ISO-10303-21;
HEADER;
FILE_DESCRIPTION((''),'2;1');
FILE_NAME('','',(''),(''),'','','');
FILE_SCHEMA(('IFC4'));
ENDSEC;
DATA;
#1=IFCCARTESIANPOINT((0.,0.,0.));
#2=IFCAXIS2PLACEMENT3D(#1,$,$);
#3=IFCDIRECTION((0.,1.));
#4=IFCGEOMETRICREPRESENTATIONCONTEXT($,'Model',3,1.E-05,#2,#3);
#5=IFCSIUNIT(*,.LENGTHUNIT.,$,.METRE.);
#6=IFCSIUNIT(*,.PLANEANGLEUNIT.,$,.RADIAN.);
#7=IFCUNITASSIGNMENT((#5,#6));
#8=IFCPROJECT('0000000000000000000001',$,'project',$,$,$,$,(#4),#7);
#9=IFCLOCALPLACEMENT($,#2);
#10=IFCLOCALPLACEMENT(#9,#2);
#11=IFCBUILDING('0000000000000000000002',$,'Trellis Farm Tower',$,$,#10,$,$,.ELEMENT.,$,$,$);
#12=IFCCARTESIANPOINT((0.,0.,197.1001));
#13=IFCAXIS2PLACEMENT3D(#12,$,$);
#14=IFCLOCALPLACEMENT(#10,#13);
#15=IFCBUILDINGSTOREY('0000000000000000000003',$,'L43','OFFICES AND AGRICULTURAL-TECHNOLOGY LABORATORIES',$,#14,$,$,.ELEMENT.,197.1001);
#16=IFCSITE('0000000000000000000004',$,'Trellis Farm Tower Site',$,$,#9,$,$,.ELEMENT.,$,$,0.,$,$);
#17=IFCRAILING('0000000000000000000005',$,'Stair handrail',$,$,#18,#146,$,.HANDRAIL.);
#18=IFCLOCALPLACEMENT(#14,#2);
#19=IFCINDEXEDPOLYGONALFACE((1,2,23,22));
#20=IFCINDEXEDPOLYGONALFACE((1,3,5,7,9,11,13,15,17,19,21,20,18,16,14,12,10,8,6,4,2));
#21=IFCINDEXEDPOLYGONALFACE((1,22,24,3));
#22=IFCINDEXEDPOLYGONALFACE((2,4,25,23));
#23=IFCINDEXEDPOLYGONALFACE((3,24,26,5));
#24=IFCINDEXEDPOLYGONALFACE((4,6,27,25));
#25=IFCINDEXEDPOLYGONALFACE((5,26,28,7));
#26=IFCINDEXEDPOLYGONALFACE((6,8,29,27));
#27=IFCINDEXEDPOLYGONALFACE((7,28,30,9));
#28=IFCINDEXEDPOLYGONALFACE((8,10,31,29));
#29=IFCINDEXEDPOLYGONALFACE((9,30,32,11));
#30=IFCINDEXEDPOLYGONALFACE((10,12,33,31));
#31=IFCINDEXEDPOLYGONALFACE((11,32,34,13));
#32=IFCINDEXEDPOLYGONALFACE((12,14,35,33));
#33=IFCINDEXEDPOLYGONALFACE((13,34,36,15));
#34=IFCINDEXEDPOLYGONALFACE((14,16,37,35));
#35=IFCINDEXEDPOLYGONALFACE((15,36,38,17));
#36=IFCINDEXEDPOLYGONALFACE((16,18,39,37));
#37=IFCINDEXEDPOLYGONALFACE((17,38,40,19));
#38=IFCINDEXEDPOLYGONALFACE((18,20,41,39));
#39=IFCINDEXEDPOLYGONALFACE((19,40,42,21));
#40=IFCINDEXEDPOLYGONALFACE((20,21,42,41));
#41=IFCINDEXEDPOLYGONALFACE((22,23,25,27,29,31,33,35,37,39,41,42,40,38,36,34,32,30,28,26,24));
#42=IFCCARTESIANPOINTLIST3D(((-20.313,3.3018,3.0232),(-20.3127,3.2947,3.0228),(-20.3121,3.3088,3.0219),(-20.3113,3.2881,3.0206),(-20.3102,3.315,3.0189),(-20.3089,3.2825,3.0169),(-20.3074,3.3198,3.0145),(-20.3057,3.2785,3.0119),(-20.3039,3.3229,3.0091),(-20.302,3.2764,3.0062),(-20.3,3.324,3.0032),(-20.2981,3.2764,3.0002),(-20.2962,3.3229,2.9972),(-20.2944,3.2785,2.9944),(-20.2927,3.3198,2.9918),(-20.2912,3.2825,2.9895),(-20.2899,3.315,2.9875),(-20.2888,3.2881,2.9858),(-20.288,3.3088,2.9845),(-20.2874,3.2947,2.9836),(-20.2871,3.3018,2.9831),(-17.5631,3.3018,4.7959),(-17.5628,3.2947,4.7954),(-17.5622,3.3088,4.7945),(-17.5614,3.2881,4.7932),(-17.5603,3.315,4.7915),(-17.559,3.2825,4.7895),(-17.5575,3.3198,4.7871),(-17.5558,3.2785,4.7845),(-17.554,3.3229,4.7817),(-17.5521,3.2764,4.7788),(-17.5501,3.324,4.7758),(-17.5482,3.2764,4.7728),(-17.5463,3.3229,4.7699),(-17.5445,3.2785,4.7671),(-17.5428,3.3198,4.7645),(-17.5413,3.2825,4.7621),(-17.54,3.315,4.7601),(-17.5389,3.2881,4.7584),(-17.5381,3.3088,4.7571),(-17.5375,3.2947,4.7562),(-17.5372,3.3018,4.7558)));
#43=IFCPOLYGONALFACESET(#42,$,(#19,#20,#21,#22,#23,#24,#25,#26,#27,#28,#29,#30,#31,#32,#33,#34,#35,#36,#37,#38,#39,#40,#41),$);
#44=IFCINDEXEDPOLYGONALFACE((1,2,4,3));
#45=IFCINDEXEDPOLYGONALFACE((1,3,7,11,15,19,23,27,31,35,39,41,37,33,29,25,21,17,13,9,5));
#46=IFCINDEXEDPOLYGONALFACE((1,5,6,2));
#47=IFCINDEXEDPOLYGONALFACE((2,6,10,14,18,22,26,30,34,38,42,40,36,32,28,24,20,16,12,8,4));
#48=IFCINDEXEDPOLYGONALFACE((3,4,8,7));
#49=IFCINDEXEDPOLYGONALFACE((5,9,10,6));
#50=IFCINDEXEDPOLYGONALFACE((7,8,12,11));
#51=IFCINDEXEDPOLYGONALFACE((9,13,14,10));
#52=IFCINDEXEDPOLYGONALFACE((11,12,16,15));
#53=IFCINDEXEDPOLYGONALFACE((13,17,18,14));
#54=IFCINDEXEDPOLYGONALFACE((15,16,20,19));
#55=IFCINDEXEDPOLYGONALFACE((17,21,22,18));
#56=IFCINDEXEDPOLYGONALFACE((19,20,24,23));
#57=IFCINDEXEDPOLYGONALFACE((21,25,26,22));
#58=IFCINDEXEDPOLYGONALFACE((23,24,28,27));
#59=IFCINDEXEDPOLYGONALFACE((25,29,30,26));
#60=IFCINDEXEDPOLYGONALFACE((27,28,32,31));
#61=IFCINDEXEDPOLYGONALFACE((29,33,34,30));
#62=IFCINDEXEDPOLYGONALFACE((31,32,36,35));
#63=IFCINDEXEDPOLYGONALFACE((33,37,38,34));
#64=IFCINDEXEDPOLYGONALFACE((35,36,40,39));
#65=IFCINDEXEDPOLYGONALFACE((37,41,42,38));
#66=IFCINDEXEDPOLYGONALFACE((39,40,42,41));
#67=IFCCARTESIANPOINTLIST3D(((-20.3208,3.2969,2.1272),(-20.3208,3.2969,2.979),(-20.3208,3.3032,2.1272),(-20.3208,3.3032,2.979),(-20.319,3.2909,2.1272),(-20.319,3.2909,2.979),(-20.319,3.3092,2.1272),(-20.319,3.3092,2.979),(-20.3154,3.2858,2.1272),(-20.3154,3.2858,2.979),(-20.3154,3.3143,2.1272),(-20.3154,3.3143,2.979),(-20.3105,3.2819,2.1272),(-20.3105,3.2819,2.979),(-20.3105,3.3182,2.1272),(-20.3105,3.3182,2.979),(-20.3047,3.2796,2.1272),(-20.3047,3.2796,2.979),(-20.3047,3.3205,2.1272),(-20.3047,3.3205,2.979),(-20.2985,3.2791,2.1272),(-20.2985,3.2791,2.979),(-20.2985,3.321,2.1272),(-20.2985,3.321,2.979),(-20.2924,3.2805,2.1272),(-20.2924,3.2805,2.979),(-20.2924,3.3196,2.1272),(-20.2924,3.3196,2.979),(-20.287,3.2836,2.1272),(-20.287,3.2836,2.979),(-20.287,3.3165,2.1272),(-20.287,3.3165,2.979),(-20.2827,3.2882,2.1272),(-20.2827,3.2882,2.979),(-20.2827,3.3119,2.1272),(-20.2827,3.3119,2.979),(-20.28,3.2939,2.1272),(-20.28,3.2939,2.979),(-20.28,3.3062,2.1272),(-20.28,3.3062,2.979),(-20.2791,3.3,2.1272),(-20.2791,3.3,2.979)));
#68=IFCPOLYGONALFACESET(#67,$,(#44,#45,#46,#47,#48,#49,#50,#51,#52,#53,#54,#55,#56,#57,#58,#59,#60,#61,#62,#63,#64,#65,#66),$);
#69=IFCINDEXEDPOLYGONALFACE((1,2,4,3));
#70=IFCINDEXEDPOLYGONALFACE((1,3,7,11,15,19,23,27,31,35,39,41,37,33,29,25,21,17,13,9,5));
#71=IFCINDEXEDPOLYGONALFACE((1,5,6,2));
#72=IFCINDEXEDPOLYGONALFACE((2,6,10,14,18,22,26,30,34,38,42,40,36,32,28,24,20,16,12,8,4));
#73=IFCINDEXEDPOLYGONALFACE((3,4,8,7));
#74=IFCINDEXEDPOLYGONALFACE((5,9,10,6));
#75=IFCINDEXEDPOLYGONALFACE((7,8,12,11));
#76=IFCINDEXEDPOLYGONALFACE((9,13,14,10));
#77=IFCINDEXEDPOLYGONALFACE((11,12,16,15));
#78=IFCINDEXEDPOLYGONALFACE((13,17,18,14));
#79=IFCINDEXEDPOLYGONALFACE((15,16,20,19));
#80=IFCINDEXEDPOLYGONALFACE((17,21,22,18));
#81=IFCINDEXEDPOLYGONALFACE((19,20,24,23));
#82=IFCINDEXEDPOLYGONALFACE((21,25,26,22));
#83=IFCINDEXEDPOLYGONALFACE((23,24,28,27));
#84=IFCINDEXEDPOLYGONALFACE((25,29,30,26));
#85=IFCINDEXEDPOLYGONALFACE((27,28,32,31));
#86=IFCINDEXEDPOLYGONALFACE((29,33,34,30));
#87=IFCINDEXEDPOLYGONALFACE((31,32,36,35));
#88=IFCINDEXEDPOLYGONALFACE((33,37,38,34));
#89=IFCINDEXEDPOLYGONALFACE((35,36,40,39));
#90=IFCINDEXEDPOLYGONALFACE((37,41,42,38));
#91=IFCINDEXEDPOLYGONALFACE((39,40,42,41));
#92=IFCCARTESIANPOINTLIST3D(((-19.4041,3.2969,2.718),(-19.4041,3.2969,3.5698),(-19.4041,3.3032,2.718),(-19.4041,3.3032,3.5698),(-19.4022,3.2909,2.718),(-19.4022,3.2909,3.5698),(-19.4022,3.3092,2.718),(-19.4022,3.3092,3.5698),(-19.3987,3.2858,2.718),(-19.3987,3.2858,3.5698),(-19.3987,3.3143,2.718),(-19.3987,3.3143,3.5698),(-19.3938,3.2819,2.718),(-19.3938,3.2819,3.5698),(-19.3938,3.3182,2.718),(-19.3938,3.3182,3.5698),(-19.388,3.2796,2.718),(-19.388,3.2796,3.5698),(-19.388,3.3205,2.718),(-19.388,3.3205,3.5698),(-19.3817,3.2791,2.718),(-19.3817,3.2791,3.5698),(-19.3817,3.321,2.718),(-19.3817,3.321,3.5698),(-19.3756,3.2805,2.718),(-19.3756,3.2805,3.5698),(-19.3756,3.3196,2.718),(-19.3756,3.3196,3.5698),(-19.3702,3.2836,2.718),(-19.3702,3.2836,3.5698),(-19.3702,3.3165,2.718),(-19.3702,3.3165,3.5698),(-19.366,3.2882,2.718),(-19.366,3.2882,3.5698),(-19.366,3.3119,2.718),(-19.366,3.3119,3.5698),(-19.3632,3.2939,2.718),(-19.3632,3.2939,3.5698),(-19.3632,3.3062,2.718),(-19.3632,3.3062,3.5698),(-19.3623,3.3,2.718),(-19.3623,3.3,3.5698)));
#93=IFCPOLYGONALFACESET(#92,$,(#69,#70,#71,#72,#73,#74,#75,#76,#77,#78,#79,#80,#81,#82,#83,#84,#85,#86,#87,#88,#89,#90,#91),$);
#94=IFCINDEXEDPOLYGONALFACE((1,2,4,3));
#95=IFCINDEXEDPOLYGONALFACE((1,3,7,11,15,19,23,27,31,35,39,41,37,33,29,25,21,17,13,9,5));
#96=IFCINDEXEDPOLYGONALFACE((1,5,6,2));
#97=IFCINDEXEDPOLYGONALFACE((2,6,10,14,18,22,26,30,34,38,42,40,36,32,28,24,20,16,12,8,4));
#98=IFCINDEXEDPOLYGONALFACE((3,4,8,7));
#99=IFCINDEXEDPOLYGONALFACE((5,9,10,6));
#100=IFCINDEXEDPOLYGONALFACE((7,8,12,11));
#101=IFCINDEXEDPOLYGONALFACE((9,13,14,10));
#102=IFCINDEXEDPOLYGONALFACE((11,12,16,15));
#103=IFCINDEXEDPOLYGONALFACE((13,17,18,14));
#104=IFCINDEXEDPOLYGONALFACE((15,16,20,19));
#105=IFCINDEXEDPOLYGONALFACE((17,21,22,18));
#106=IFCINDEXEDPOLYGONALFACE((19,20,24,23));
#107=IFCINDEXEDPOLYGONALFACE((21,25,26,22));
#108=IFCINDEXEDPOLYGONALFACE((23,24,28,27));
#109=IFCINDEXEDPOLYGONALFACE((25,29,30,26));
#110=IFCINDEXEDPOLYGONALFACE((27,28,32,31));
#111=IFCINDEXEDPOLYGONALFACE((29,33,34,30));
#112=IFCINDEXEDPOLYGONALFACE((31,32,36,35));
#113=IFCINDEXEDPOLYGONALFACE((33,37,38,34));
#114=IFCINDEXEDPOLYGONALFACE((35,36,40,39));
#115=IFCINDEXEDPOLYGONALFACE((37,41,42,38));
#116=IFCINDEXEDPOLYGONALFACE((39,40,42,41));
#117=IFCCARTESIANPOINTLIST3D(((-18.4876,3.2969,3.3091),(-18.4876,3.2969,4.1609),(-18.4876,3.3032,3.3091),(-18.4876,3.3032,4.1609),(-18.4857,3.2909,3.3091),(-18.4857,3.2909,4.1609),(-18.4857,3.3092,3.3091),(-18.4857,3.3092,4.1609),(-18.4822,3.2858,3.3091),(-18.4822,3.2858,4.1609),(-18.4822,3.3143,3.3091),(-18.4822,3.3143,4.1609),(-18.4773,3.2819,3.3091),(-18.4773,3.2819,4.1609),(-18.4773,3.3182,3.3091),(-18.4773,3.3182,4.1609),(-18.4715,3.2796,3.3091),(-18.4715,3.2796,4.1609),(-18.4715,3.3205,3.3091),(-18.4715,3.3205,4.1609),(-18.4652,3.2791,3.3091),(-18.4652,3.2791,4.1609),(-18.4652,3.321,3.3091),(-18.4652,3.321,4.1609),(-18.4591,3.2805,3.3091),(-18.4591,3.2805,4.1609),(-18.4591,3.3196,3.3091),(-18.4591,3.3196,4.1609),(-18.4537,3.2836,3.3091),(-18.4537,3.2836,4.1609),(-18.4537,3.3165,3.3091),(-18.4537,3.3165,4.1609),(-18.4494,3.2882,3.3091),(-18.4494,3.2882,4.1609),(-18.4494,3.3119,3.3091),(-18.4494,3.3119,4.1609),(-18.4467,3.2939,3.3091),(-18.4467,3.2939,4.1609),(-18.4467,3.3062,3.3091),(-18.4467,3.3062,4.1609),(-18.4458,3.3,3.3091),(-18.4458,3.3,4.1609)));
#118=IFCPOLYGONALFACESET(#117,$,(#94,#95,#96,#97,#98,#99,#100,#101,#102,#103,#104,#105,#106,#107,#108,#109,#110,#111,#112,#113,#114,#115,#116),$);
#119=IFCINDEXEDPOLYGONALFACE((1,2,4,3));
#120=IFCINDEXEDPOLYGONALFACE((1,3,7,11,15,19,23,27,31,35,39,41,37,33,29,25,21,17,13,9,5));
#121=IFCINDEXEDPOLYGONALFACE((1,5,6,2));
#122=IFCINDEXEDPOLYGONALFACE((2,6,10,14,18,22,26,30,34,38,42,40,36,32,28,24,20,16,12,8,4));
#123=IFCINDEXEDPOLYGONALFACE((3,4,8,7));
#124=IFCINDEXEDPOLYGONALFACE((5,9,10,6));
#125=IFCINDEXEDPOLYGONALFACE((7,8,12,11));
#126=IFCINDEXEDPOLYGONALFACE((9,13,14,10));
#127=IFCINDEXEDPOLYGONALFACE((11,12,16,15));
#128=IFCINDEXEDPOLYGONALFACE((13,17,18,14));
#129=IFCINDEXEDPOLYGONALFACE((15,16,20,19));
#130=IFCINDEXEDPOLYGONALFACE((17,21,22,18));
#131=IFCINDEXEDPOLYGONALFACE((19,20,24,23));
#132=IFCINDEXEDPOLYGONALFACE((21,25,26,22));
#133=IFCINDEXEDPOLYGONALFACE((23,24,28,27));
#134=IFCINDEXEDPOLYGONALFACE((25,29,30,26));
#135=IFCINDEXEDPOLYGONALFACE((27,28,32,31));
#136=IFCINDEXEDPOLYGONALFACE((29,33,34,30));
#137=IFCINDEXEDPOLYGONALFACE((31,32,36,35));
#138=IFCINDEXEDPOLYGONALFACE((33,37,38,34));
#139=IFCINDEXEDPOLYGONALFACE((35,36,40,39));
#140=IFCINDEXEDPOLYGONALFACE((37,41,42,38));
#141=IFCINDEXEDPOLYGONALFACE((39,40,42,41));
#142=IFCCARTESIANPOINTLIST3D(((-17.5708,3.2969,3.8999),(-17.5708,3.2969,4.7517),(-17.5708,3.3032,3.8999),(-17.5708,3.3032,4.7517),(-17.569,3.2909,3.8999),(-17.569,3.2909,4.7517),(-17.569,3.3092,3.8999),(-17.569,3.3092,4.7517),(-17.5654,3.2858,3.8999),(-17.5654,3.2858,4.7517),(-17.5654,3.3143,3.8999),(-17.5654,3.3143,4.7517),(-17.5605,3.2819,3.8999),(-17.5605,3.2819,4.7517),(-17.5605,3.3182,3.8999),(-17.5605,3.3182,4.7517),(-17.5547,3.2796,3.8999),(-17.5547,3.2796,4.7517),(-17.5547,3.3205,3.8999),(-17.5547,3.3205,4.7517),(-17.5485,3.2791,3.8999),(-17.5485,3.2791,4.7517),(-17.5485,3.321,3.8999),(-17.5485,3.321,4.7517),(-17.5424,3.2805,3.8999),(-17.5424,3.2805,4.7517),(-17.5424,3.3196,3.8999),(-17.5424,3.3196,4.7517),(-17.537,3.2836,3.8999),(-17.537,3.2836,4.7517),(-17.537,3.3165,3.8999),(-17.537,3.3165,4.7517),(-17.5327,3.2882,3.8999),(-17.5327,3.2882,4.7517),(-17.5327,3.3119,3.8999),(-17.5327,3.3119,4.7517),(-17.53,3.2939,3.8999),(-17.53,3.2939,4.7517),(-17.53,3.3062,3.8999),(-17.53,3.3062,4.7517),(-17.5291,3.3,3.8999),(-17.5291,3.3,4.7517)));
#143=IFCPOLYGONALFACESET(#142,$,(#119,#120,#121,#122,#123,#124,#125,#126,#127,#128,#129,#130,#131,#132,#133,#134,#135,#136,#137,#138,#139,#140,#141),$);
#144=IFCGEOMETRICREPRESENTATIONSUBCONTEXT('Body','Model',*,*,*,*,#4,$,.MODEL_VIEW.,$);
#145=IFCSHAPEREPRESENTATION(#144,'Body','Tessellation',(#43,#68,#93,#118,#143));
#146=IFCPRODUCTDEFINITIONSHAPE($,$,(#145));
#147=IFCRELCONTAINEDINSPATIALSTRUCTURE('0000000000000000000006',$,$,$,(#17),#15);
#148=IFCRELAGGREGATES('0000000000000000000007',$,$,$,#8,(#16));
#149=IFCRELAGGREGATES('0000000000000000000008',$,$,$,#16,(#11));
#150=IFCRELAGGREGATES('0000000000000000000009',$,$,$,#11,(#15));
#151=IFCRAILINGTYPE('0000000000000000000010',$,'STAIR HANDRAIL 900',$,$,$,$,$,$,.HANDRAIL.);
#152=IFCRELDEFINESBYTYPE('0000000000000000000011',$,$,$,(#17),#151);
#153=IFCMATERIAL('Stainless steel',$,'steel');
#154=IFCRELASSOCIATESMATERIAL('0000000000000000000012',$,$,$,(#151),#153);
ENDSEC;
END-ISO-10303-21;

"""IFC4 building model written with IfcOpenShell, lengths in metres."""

from ifc_helpers import new_model, si_unit, direction, frame, origin, origin_2d, place, context, subcontext, project, spatial, circle, extrude, source, transform, mapped, material, type_object, element, save


model = new_model("IFC4")

# Units and contexts
model_context = context("Model", 3, precision=1e-05, world=origin(), true_north=direction((0.0, 1.0)))
body_context = subcontext(model_context, "Body", "Model", "MODEL_VIEW")
ifc_project = project(units=[si_unit("LENGTHUNIT", "METRE"), si_unit("PLANEANGLEUNIT", "RADIAN")], contexts=[model_context])

# Site, building, storey
site_placement = place(None, origin())
site = spatial("IfcSite", under=ifc_project, at=site_placement, Name="Trellis Farm Tower Site", CompositionType="ELEMENT", RefElevation=0.0)
building_placement = place(site_placement, origin())
building = spatial("IfcBuilding", under=site, at=building_placement, Name="Trellis Farm Tower", CompositionType="ELEMENT")
storey_placement = place(building_placement, frame((0.0, 0.0, 197.1001)))
storey = spatial("IfcBuildingStorey", under=building, at=storey_placement, Name="L43", Description="OFFICES AND AGRICULTURAL-TECHNOLOGY LABORATORIES", CompositionType="ELEMENT", Elevation=197.1001)

# Railing
ifc_material_1 = material(Name="Stainless steel", Category="steel")
railing_type = type_object("IfcRailingType", Name="STAIR HANDRAIL 900", PredefinedType="HANDRAIL", material=ifc_material_1)
shared_shape_1 = source(origin(), body_context, "Body", "SweptSolid", [
    extrude(circle(Radius=0.0239, at=origin_2d()), frame((0.0, 0.0, 0.876), z_axis=(0.840504, 0.0, 0.541806), x_axis=(0.0, 1.0, 0.0)), (0.0, 0.0, 1.0), 3.2717),
    extrude(circle(Radius=0.021, at=origin_2d()), origin(), (0.0, 0.0, 1.0), 0.8518),
    extrude(circle(Radius=0.021, at=origin_2d()), frame((0.9167, 0.0, 0.5908)), (0.0, 0.0, 1.0), 0.8518),
    extrude(circle(Radius=0.021, at=origin_2d()), frame((1.8333, 0.0, 1.1819)), (0.0, 0.0, 1.0), 0.8518),
    extrude(circle(Radius=0.021, at=origin_2d()), frame((2.75, 0.0, 1.7727)), (0.0, 0.0, 1.0), 0.8518),
])
for number, where, name in (
    (1, (-20.3, 3.3, 2.1272), "Stair handrail"),
):
    element("IfcRailing", number, at=place(storey_placement, frame(where)), inside=storey, type_object=railing_type, Name=name, PredefinedType="HANDRAIL", context=body_context, shape_type="MappedRepresentation", body=[
        mapped(shared_shape_1, transform((0.0, 0.0, 0.0))),
    ])

save(model, "model.ifc")
